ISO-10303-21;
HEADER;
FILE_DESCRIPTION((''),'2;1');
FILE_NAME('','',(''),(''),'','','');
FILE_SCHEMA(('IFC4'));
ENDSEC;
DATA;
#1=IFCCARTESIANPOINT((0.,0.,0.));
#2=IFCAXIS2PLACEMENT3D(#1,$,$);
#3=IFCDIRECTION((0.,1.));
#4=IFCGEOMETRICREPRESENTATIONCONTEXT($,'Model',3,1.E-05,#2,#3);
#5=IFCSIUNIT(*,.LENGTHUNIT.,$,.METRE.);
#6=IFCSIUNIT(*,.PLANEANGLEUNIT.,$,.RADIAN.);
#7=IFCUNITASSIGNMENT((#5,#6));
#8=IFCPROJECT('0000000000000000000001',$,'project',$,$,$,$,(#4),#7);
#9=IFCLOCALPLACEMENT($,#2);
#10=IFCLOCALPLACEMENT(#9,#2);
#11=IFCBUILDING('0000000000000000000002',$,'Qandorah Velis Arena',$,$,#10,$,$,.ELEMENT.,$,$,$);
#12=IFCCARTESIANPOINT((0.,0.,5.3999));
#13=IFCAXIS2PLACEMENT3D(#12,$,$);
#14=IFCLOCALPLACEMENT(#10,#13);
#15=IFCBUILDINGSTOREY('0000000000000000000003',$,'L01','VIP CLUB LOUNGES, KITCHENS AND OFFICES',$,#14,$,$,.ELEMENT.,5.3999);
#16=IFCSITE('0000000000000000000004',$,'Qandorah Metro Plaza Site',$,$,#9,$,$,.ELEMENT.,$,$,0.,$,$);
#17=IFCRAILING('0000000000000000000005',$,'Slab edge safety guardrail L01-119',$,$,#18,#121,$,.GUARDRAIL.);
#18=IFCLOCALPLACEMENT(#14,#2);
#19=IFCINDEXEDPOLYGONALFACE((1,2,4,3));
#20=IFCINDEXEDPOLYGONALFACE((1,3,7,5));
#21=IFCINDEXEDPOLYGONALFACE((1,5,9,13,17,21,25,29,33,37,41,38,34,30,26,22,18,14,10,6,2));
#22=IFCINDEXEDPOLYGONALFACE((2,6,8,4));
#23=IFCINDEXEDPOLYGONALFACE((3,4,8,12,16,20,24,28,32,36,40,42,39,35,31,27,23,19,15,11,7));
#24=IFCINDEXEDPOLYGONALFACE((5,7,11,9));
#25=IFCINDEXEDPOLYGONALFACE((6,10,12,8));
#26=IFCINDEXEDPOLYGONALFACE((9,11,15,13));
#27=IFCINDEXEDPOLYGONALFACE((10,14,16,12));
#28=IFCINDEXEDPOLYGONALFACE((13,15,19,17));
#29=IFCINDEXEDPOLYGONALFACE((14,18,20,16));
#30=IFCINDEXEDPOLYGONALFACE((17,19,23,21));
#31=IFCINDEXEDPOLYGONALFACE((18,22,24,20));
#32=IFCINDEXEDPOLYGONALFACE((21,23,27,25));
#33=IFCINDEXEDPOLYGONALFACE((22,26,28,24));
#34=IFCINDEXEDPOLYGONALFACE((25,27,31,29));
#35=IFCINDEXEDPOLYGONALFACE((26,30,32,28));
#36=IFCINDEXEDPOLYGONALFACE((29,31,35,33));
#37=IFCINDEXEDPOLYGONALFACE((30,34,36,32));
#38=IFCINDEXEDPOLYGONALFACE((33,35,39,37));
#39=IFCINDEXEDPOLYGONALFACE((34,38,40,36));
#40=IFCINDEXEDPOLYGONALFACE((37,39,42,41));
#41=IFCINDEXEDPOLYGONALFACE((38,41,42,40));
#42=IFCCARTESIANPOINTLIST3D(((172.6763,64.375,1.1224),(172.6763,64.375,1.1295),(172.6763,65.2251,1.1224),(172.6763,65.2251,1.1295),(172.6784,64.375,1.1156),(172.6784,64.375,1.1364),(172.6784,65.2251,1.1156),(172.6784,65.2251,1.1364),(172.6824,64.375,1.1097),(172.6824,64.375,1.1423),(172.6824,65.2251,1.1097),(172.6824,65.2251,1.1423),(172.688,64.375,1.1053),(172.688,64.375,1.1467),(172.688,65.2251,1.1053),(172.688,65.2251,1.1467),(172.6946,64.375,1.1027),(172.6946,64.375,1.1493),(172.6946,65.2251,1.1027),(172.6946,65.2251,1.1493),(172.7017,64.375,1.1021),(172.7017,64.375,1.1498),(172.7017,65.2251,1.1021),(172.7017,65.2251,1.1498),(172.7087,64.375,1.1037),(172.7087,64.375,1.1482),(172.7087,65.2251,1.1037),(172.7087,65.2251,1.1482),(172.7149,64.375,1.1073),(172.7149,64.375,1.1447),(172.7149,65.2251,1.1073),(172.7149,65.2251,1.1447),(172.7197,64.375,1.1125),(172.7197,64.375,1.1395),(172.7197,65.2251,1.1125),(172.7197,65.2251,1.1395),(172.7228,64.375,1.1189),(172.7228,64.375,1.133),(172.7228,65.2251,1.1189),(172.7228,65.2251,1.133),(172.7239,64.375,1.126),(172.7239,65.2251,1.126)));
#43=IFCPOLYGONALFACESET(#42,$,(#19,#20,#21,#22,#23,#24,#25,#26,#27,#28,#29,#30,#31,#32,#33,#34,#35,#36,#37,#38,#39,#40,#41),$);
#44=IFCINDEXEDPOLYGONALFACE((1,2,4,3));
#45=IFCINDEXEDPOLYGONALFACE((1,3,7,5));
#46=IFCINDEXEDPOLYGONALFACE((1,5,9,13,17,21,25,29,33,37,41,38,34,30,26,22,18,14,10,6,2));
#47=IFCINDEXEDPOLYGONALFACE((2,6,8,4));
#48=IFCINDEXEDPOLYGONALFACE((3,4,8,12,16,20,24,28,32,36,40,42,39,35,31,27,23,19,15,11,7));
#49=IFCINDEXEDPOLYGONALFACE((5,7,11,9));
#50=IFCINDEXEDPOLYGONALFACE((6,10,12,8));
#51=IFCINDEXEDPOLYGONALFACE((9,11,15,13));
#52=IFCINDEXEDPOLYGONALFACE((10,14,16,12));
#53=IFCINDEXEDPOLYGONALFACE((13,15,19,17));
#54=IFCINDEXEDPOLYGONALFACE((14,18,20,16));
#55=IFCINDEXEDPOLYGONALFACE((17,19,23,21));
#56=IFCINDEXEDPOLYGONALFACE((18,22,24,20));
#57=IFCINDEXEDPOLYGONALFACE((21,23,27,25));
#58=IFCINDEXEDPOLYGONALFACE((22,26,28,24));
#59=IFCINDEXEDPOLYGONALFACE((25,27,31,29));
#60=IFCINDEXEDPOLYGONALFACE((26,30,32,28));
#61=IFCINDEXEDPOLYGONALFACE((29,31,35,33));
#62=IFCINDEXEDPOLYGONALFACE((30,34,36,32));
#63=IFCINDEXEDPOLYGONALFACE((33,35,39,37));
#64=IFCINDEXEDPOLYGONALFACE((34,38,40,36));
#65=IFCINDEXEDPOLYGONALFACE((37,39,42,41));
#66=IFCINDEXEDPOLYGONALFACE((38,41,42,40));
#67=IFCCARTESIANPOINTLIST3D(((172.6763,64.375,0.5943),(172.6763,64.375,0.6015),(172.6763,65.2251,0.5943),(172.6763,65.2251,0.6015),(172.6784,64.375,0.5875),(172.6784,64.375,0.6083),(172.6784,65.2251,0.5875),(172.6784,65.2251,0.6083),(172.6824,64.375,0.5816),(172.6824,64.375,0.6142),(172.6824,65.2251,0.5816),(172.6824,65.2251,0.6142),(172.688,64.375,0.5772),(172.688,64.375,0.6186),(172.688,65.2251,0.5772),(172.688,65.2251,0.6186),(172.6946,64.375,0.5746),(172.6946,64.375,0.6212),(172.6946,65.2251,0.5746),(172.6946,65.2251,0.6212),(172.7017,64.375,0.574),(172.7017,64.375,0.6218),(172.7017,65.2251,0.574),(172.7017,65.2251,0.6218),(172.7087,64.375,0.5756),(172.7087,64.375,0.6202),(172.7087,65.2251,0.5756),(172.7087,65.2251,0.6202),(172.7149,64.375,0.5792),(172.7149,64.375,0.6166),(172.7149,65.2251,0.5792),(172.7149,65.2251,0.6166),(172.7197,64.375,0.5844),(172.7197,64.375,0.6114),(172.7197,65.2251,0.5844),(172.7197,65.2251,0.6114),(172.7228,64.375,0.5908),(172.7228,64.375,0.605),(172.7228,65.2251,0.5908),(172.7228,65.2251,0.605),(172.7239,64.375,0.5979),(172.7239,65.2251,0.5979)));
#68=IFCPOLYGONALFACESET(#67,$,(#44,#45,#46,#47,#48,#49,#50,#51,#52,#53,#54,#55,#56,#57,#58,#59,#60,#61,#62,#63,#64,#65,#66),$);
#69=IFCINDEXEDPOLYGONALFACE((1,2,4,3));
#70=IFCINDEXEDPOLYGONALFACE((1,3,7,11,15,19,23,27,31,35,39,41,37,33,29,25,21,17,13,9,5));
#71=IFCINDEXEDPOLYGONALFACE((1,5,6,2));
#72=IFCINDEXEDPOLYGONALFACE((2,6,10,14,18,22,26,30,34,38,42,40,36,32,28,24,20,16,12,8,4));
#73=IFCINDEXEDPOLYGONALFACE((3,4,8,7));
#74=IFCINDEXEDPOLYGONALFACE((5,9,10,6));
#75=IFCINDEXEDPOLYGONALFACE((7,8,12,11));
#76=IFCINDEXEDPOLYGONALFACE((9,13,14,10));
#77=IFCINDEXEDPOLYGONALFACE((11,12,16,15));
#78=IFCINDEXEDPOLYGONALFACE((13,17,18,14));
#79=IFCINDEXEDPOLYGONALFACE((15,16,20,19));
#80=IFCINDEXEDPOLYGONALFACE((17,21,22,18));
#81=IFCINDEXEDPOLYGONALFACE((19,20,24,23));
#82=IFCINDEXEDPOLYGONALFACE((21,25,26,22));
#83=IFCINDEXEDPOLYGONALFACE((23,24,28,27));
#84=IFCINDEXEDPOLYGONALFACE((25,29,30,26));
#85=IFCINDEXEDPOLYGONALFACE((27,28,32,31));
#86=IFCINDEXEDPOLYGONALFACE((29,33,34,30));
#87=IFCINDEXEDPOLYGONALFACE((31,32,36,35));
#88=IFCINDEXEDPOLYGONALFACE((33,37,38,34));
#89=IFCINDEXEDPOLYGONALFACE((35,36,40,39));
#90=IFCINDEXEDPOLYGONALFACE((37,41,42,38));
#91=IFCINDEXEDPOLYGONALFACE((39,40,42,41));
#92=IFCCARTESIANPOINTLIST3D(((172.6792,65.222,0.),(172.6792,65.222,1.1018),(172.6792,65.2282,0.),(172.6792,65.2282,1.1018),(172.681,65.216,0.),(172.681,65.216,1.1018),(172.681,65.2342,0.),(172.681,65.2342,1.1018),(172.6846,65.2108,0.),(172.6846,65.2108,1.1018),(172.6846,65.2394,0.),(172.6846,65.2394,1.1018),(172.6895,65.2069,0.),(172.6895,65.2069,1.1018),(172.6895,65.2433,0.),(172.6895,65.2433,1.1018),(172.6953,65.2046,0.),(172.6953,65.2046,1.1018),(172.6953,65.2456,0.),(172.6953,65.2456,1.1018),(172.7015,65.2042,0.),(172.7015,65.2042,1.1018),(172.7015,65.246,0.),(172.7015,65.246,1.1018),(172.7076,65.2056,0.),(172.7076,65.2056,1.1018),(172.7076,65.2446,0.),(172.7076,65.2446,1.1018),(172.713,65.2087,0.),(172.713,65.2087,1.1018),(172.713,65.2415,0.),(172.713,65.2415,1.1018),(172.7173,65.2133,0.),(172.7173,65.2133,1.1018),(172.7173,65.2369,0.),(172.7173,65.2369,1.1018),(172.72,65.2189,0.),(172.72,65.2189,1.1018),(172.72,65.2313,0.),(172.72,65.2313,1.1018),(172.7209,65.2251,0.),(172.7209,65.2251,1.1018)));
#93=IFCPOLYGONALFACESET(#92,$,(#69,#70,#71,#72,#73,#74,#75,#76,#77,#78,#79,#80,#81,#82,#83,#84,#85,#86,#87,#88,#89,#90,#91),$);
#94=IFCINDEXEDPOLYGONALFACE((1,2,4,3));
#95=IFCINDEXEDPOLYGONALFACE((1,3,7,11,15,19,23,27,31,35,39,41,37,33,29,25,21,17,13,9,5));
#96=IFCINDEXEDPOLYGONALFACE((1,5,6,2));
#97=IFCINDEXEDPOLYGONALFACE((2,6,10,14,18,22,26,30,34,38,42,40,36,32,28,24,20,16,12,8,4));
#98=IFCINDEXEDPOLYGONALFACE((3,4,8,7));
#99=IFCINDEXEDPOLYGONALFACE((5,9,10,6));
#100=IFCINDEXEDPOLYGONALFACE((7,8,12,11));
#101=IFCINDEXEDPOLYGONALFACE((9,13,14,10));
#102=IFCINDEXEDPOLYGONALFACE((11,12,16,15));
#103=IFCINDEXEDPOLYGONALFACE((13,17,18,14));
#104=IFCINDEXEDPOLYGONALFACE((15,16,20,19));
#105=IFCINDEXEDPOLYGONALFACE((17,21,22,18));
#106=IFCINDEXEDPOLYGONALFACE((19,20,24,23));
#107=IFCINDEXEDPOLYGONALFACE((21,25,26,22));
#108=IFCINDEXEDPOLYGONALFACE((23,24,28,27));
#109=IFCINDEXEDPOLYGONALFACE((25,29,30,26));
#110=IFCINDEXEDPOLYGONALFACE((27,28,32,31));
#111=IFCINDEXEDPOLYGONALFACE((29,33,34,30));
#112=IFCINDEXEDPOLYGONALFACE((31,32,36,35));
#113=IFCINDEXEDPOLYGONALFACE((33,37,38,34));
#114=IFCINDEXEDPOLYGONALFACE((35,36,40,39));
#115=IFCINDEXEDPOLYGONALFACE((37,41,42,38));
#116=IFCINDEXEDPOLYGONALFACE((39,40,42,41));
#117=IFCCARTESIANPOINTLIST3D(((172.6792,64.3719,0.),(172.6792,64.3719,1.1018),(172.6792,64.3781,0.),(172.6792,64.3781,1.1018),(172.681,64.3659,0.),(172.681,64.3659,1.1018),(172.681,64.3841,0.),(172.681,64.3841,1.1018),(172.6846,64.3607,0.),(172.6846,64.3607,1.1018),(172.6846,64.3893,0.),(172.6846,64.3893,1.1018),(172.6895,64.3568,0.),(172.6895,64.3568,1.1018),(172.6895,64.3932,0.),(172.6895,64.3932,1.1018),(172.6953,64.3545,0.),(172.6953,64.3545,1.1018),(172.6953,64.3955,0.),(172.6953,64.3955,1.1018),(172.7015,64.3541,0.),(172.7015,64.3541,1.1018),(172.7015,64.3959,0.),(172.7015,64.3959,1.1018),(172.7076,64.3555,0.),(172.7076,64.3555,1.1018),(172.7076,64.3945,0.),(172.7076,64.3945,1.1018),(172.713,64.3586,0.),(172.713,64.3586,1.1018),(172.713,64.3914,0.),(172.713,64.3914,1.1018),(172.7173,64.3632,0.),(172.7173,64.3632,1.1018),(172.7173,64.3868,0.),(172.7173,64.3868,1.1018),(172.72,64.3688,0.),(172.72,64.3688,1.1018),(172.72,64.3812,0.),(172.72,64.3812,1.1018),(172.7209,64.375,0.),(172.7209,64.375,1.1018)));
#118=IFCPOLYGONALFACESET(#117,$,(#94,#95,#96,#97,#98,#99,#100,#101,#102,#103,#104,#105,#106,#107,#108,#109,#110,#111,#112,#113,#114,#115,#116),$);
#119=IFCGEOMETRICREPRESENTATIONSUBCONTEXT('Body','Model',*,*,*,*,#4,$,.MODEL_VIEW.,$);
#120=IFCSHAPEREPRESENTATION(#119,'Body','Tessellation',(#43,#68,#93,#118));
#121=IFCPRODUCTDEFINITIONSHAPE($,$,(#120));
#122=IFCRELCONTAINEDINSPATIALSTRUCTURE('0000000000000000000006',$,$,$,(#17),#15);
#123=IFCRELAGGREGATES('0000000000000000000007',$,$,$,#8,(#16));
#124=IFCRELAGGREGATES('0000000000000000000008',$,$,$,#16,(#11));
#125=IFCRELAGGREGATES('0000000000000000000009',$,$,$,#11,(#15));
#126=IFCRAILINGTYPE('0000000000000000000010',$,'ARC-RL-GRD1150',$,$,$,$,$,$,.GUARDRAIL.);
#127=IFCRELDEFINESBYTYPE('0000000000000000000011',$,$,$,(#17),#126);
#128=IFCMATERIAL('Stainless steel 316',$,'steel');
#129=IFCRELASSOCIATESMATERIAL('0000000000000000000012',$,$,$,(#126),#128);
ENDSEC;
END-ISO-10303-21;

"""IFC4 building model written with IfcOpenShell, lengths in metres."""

from ifc_helpers import new_model, si_unit, direction, frame, origin, origin_2d, place, context, subcontext, project, spatial, circle, extrude, material, type_object, element, save


model = new_model("IFC4")

# Units and contexts
model_context = context("Model", 3, precision=1e-05, world=origin(), true_north=direction((0.0, 1.0)))
body_context = subcontext(model_context, "Body", "Model", "MODEL_VIEW")
ifc_project = project(units=[si_unit("LENGTHUNIT", "METRE"), si_unit("PLANEANGLEUNIT", "RADIAN")], contexts=[model_context])

# Site, building, storey
site_placement = place(None, origin())
site = spatial("IfcSite", under=ifc_project, at=site_placement, Name="Qandorah Metro Plaza Site", CompositionType="ELEMENT", RefElevation=0.0)
building_placement = place(site_placement, origin())
building = spatial("IfcBuilding", under=site, at=building_placement, Name="Qandorah Velis Arena", CompositionType="ELEMENT")
storey_placement = place(building_placement, frame((0.0, 0.0, 5.3999)))
storey = spatial("IfcBuildingStorey", under=building, at=storey_placement, Name="L01", Description="VIP CLUB LOUNGES, KITCHENS AND OFFICES", CompositionType="ELEMENT", Elevation=5.3999)

# Railing
ifc_material_1 = material(Name="Stainless steel 316", Category="steel")
railing_type = type_object("IfcRailingType", Name="ARC-RL-GRD1150", PredefinedType="GUARDRAIL", material=ifc_material_1)
railing_1_placement = place(storey_placement, frame((172.7, 65.2251, 0.0)))
element("IfcRailing", 1, at=railing_1_placement, inside=storey, type_object=railing_type, Name="Slab edge safety guardrail L01-119", PredefinedType="GUARDRAIL", context=body_context, shape_type="SweptSolid", body=[
    extrude(circle(Radius=0.0239, at=origin_2d()), frame((0.0, 0.0, 1.126), z_axis=(0.0, -1.0, 0.0), x_axis=(1.0, 0.0, 0.0)), (0.0, 0.0, 1.0), 0.8501),
    extrude(circle(Radius=0.0239, at=origin_2d()), frame((0.0, 0.0, 0.5979), z_axis=(0.0, -1.0, 0.0), x_axis=(1.0, 0.0, 0.0)), (0.0, 0.0, 1.0), 0.8501),
    extrude(circle(Radius=0.021, at=origin_2d()), origin(), (0.0, 0.0, 1.0), 1.1018),
    extrude(circle(Radius=0.021, at=origin_2d()), frame((0.0, -0.8501, 0.0)), (0.0, 0.0, 1.0), 1.1018),
])

save(model, "model.ifc")
